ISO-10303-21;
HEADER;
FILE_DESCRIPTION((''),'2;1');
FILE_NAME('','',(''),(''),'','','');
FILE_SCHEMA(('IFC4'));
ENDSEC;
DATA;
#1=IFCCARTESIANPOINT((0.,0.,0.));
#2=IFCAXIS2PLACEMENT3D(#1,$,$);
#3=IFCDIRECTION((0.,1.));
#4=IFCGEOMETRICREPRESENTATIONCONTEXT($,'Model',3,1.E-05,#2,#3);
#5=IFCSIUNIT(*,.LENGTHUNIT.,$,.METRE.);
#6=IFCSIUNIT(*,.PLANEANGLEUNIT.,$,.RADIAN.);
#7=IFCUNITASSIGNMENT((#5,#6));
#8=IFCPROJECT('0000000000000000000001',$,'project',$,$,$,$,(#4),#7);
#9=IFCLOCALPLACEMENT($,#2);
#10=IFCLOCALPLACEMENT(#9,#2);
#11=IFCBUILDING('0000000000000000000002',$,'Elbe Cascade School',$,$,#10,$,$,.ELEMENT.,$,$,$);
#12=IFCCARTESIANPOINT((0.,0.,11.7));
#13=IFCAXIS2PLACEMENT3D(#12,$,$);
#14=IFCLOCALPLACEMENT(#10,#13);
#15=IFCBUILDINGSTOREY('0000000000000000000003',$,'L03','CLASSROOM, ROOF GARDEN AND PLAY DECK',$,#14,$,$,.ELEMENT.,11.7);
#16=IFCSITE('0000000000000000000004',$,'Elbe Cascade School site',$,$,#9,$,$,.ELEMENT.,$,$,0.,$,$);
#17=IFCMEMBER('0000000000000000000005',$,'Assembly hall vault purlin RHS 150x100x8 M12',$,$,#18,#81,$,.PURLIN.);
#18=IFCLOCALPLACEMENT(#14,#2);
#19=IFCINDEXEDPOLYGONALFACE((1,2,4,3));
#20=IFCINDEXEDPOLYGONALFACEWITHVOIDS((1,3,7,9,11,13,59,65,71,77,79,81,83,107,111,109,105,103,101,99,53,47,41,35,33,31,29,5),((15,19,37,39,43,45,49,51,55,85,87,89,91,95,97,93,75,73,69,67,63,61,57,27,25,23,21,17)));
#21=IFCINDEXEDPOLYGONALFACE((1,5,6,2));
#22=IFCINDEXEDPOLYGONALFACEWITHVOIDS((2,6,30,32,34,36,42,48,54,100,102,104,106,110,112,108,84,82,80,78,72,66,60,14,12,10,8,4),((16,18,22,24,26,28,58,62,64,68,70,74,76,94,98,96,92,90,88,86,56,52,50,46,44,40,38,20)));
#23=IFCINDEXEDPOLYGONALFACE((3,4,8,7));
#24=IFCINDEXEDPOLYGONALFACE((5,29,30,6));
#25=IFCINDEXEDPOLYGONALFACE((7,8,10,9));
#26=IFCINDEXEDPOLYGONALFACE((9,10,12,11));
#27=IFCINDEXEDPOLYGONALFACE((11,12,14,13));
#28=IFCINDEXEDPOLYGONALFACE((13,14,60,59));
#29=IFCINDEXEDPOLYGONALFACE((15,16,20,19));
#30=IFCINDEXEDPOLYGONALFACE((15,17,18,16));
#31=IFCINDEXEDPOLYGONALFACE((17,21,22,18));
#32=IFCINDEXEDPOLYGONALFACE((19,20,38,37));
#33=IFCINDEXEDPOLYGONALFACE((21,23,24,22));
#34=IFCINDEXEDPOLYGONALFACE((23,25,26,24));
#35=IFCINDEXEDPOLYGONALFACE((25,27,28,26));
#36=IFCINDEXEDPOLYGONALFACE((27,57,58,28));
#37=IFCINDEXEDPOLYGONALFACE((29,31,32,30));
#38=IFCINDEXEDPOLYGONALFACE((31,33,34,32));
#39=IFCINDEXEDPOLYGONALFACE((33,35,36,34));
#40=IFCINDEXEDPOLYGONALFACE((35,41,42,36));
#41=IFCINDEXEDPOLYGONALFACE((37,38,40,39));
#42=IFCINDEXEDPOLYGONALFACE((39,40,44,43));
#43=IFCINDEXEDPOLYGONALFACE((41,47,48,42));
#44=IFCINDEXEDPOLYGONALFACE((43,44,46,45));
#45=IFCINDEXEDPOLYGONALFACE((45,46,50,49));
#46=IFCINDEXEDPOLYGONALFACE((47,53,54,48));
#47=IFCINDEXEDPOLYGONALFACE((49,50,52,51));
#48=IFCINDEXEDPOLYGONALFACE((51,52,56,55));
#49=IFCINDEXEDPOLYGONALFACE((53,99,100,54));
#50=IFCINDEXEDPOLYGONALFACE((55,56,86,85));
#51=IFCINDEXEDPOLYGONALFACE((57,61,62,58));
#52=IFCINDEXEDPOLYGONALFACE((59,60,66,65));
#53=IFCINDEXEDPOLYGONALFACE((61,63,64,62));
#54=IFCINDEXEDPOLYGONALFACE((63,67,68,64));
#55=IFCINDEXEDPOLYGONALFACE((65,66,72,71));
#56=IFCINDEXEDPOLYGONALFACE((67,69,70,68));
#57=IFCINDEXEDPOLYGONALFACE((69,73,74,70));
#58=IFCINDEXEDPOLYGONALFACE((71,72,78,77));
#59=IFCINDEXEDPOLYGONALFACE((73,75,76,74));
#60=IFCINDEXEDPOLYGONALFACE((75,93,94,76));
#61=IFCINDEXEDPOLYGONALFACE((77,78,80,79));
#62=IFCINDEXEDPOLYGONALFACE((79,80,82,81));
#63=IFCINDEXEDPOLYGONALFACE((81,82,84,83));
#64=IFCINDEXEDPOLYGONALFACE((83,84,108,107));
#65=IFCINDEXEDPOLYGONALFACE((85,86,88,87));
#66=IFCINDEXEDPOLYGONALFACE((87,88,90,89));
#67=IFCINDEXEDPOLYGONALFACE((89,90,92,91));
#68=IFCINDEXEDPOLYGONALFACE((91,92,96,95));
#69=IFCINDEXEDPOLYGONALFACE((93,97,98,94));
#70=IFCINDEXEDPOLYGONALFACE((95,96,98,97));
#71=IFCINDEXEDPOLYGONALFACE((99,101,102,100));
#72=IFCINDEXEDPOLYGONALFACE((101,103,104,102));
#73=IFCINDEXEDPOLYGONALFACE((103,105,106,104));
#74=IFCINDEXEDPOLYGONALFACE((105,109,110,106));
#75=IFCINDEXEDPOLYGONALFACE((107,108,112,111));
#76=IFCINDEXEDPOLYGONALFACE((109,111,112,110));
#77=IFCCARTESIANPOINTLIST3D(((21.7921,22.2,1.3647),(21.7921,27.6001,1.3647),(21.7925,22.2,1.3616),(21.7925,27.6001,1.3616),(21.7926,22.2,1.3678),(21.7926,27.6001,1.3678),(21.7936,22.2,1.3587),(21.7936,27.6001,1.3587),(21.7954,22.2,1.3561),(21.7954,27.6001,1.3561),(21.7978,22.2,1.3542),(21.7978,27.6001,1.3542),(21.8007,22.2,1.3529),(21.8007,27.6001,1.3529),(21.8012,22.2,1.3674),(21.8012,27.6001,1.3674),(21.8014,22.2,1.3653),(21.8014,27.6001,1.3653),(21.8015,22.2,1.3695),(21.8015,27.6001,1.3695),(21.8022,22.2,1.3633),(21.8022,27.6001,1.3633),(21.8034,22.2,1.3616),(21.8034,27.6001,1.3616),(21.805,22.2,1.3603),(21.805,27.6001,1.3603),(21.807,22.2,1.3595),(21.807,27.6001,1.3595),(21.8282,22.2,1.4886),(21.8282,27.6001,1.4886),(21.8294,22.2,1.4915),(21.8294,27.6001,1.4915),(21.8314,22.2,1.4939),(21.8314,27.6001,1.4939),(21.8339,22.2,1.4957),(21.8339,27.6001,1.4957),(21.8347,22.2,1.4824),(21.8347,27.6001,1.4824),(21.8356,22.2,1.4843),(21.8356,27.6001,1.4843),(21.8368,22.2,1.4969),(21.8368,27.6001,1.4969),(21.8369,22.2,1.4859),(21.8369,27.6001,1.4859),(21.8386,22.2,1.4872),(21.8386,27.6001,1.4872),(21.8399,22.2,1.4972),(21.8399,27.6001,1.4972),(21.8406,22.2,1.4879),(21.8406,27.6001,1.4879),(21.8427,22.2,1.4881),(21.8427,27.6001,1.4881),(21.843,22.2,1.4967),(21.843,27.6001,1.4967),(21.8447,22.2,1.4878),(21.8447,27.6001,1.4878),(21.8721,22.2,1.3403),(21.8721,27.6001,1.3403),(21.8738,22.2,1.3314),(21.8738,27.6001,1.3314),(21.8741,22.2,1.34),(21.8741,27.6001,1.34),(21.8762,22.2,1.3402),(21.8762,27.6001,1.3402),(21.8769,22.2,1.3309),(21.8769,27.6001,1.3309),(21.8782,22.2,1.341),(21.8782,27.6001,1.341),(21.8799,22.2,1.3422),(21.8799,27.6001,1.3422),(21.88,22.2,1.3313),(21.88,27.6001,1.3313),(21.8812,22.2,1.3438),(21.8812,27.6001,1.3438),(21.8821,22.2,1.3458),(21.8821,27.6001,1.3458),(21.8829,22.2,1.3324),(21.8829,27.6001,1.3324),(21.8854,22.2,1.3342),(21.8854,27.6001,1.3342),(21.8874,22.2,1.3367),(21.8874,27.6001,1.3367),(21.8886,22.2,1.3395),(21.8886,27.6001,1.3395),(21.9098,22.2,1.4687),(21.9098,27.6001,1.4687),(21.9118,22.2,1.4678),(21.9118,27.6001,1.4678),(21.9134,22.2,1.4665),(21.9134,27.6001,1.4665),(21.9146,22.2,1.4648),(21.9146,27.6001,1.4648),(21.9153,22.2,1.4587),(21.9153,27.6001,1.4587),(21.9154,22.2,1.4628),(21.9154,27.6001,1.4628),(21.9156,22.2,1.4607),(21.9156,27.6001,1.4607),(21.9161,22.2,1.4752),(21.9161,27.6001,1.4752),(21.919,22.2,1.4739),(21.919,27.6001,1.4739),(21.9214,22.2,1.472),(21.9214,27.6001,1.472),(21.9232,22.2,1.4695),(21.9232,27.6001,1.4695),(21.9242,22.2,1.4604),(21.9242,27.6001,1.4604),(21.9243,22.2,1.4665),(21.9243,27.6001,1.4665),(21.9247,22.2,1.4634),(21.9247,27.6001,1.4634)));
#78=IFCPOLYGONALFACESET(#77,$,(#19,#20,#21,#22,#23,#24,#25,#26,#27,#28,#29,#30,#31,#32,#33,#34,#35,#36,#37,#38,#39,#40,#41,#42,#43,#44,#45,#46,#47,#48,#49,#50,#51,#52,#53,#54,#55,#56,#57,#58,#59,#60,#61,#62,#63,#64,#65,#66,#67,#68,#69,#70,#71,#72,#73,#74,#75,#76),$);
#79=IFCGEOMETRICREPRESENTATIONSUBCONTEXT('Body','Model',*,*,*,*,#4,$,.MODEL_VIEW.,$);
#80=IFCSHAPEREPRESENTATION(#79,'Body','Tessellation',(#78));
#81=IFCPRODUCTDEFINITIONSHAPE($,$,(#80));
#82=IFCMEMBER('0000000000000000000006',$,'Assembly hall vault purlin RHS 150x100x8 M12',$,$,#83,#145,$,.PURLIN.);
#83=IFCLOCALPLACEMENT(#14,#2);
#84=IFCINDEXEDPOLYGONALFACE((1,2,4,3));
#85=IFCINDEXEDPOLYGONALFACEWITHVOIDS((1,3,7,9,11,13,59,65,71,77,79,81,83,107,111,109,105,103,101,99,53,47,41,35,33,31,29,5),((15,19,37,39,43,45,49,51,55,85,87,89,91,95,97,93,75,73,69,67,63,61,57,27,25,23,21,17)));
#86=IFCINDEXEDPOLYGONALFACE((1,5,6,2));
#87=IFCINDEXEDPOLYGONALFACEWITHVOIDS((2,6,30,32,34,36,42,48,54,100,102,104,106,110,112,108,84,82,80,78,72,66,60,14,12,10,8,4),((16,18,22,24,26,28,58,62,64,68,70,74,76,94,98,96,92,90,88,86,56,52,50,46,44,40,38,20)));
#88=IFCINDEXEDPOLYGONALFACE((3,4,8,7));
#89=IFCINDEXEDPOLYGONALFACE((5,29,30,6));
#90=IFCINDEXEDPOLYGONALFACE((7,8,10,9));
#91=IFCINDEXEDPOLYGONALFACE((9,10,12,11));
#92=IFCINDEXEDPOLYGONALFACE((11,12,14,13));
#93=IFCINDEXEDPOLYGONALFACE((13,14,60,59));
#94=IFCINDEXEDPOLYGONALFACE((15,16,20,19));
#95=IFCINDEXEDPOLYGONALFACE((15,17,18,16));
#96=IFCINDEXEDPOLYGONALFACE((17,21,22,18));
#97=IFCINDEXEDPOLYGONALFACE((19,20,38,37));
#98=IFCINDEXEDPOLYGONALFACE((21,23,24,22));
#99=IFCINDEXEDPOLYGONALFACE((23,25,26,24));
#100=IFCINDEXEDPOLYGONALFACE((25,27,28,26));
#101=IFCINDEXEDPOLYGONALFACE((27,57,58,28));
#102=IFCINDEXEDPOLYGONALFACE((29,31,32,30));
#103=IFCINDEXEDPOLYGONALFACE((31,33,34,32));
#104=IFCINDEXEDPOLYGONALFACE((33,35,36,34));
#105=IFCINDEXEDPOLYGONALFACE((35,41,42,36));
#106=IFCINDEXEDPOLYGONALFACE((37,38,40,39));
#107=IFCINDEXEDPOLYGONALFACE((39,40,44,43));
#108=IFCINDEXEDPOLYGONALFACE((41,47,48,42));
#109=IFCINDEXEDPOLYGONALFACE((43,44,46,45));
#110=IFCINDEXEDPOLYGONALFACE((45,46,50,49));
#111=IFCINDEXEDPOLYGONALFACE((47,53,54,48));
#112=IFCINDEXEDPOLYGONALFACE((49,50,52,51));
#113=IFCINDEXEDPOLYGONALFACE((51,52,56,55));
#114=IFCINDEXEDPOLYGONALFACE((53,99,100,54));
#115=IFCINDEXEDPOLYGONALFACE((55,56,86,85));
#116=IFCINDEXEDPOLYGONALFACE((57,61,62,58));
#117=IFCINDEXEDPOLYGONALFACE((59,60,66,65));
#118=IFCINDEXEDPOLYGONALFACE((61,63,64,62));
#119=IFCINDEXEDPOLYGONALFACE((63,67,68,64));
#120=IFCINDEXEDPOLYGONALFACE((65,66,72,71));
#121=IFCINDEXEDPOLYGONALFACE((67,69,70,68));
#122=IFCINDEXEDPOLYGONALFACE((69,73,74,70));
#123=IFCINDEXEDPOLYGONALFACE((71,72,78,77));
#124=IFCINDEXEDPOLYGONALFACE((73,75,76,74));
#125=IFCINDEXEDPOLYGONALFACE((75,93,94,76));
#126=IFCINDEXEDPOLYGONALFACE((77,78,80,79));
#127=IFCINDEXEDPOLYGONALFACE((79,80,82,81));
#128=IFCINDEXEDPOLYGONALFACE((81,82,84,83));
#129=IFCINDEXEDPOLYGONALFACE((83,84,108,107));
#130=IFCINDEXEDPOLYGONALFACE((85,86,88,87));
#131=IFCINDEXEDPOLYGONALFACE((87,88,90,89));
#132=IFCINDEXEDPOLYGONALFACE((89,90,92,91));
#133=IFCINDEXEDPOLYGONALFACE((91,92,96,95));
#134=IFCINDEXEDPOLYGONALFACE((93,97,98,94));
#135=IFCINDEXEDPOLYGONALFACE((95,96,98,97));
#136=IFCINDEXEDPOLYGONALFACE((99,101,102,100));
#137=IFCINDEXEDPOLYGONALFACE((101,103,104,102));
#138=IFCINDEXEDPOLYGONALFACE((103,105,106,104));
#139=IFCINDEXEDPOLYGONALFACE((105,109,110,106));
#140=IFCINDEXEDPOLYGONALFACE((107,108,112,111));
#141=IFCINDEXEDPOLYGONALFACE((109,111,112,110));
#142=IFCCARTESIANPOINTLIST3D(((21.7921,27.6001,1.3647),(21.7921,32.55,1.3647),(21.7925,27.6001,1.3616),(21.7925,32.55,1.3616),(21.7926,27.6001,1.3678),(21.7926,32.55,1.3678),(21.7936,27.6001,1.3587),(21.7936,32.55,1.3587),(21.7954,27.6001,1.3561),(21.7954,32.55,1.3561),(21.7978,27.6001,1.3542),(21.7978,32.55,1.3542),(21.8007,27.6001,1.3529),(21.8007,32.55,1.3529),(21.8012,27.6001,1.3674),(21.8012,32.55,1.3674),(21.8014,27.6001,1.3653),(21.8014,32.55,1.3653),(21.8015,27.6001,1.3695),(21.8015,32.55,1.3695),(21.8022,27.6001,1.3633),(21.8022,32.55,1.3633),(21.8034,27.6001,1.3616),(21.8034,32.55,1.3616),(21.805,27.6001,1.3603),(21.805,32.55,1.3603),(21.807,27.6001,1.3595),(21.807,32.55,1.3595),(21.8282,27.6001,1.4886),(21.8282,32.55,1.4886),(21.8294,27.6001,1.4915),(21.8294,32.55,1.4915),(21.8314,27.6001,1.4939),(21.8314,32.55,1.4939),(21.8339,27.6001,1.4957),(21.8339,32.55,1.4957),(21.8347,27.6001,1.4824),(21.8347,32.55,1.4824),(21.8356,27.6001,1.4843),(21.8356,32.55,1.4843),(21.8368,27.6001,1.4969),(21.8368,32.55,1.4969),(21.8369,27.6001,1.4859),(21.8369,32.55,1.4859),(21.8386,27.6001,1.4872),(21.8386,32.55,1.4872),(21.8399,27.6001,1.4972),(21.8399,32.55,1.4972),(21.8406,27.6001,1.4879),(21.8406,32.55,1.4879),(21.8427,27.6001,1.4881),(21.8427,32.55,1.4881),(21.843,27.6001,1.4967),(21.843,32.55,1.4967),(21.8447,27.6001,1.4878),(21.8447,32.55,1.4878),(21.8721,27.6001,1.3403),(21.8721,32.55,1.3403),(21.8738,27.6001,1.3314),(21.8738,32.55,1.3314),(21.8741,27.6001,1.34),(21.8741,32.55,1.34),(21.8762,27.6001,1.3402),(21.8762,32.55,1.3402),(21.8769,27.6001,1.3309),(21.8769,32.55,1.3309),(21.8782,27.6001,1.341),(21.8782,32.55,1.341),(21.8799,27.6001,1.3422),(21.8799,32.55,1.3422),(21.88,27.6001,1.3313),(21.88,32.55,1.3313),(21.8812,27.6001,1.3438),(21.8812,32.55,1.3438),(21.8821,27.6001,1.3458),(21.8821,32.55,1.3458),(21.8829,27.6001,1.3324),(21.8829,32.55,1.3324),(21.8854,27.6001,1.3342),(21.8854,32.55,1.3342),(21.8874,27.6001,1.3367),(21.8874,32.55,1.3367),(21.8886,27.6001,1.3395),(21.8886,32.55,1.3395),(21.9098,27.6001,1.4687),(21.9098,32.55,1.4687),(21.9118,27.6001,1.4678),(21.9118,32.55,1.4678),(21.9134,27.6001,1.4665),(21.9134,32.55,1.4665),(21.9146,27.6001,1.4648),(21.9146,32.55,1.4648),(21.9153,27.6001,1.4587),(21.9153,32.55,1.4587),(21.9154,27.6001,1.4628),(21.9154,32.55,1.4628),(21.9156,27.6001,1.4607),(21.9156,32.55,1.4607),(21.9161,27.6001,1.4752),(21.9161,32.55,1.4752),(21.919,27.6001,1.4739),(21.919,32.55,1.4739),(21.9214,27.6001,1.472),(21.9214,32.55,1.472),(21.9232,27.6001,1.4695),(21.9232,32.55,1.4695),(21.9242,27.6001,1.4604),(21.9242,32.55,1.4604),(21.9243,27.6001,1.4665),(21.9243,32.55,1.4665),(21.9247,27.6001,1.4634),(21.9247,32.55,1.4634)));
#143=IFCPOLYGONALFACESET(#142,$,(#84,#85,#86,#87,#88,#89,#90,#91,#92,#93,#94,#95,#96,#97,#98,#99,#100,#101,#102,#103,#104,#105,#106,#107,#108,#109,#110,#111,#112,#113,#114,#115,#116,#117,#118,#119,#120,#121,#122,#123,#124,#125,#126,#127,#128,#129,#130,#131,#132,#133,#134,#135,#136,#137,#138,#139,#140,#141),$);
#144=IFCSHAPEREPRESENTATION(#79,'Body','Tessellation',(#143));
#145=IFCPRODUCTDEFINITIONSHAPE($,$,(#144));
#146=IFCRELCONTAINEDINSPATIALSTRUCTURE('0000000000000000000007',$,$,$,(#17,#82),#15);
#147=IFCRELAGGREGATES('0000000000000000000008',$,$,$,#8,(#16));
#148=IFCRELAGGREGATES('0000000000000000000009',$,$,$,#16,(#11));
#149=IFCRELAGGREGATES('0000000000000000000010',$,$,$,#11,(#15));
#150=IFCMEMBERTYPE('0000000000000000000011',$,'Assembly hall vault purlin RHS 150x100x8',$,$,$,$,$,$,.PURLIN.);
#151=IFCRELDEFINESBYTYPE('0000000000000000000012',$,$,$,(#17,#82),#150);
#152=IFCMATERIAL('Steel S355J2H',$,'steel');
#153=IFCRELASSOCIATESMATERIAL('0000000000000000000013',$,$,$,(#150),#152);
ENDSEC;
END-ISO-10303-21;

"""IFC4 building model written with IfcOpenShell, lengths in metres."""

from ifc_helpers import new_model, si_unit, direction, frame, origin, origin_2d, place, context, subcontext, project, spatial, hollow_rectangle, extrude, material, material_profile, profile_set, type_object, element, save


model = new_model("IFC4")

# Units and contexts
model_context = context("Model", 3, precision=1e-05, world=origin(), true_north=direction((0.0, 1.0)))
body_context = subcontext(model_context, "Body", "Model", "MODEL_VIEW")
ifc_project = project(units=[si_unit("LENGTHUNIT", "METRE"), si_unit("PLANEANGLEUNIT", "RADIAN")], contexts=[model_context])

# Site, building, storey
site_placement = place(None, origin())
site = spatial("IfcSite", under=ifc_project, at=site_placement, Name="Elbe Cascade School site", CompositionType="ELEMENT", RefElevation=0.0)
building_placement = place(site_placement, origin())
building = spatial("IfcBuilding", under=site, at=building_placement, Name="Elbe Cascade School", CompositionType="ELEMENT")
storey_placement = place(building_placement, frame((0.0, 0.0, 11.7)))
storey = spatial("IfcBuildingStorey", under=building, at=storey_placement, Name="L03", Description="CLASSROOM, ROOF GARDEN AND PLAY DECK", CompositionType="ELEMENT", Elevation=11.7)

# Members
ifc_material_1 = material(Name="Steel S355J2H", Category="steel")
ifc_material_profile_1 = material_profile(ifc_material_1, hollow_rectangle(XDim=0.1001, YDim=0.1499, WallThickness=0.0081, InnerFilletRadius=0.0081, OuterFilletRadius=0.012, at=origin_2d()), Name="RHS 150x100x8")
ifc_profile_set_1 = profile_set([ifc_material_profile_1], Name="Steel S355J2H")
member_type_1 = type_object("IfcMemberType", Name="Assembly hall vault purlin RHS 150x100x8", PredefinedType="PURLIN", material=ifc_profile_set_1)
member_1_placement = place(storey_placement, frame((21.8584, 22.2, 1.4141), z_axis=(0.0, 1.0, 0.0), x_axis=(-0.959321, 0.0, 0.282318)))
element("IfcMember", 1, at=member_1_placement, inside=storey, type_object=member_type_1, Name="Assembly hall vault purlin RHS 150x100x8 M12", PredefinedType="PURLIN", context=body_context, shape_type="SweptSolid", body=[
    extrude(hollow_rectangle(XDim=0.1001, YDim=0.1499, WallThickness=0.0081, InnerFilletRadius=0.0081, OuterFilletRadius=0.012, at=origin_2d()), origin(), (0.0, 0.0, 1.0), 5.4001),
])
member_2_placement = place(storey_placement, frame((21.8584, 27.6001, 1.4141), z_axis=(0.0, 1.0, 0.0), x_axis=(-0.959321, 0.0, 0.282318)))
element("IfcMember", 2, at=member_2_placement, inside=storey, type_object=member_type_1, Name="Assembly hall vault purlin RHS 150x100x8 M12", PredefinedType="PURLIN", context=body_context, shape_type="SweptSolid", body=[
    extrude(hollow_rectangle(XDim=0.1001, YDim=0.1499, WallThickness=0.0081, InnerFilletRadius=0.0081, OuterFilletRadius=0.012, at=origin_2d()), origin(), (0.0, 0.0, 1.0), 4.95),
])

save(model, "model.ifc")
